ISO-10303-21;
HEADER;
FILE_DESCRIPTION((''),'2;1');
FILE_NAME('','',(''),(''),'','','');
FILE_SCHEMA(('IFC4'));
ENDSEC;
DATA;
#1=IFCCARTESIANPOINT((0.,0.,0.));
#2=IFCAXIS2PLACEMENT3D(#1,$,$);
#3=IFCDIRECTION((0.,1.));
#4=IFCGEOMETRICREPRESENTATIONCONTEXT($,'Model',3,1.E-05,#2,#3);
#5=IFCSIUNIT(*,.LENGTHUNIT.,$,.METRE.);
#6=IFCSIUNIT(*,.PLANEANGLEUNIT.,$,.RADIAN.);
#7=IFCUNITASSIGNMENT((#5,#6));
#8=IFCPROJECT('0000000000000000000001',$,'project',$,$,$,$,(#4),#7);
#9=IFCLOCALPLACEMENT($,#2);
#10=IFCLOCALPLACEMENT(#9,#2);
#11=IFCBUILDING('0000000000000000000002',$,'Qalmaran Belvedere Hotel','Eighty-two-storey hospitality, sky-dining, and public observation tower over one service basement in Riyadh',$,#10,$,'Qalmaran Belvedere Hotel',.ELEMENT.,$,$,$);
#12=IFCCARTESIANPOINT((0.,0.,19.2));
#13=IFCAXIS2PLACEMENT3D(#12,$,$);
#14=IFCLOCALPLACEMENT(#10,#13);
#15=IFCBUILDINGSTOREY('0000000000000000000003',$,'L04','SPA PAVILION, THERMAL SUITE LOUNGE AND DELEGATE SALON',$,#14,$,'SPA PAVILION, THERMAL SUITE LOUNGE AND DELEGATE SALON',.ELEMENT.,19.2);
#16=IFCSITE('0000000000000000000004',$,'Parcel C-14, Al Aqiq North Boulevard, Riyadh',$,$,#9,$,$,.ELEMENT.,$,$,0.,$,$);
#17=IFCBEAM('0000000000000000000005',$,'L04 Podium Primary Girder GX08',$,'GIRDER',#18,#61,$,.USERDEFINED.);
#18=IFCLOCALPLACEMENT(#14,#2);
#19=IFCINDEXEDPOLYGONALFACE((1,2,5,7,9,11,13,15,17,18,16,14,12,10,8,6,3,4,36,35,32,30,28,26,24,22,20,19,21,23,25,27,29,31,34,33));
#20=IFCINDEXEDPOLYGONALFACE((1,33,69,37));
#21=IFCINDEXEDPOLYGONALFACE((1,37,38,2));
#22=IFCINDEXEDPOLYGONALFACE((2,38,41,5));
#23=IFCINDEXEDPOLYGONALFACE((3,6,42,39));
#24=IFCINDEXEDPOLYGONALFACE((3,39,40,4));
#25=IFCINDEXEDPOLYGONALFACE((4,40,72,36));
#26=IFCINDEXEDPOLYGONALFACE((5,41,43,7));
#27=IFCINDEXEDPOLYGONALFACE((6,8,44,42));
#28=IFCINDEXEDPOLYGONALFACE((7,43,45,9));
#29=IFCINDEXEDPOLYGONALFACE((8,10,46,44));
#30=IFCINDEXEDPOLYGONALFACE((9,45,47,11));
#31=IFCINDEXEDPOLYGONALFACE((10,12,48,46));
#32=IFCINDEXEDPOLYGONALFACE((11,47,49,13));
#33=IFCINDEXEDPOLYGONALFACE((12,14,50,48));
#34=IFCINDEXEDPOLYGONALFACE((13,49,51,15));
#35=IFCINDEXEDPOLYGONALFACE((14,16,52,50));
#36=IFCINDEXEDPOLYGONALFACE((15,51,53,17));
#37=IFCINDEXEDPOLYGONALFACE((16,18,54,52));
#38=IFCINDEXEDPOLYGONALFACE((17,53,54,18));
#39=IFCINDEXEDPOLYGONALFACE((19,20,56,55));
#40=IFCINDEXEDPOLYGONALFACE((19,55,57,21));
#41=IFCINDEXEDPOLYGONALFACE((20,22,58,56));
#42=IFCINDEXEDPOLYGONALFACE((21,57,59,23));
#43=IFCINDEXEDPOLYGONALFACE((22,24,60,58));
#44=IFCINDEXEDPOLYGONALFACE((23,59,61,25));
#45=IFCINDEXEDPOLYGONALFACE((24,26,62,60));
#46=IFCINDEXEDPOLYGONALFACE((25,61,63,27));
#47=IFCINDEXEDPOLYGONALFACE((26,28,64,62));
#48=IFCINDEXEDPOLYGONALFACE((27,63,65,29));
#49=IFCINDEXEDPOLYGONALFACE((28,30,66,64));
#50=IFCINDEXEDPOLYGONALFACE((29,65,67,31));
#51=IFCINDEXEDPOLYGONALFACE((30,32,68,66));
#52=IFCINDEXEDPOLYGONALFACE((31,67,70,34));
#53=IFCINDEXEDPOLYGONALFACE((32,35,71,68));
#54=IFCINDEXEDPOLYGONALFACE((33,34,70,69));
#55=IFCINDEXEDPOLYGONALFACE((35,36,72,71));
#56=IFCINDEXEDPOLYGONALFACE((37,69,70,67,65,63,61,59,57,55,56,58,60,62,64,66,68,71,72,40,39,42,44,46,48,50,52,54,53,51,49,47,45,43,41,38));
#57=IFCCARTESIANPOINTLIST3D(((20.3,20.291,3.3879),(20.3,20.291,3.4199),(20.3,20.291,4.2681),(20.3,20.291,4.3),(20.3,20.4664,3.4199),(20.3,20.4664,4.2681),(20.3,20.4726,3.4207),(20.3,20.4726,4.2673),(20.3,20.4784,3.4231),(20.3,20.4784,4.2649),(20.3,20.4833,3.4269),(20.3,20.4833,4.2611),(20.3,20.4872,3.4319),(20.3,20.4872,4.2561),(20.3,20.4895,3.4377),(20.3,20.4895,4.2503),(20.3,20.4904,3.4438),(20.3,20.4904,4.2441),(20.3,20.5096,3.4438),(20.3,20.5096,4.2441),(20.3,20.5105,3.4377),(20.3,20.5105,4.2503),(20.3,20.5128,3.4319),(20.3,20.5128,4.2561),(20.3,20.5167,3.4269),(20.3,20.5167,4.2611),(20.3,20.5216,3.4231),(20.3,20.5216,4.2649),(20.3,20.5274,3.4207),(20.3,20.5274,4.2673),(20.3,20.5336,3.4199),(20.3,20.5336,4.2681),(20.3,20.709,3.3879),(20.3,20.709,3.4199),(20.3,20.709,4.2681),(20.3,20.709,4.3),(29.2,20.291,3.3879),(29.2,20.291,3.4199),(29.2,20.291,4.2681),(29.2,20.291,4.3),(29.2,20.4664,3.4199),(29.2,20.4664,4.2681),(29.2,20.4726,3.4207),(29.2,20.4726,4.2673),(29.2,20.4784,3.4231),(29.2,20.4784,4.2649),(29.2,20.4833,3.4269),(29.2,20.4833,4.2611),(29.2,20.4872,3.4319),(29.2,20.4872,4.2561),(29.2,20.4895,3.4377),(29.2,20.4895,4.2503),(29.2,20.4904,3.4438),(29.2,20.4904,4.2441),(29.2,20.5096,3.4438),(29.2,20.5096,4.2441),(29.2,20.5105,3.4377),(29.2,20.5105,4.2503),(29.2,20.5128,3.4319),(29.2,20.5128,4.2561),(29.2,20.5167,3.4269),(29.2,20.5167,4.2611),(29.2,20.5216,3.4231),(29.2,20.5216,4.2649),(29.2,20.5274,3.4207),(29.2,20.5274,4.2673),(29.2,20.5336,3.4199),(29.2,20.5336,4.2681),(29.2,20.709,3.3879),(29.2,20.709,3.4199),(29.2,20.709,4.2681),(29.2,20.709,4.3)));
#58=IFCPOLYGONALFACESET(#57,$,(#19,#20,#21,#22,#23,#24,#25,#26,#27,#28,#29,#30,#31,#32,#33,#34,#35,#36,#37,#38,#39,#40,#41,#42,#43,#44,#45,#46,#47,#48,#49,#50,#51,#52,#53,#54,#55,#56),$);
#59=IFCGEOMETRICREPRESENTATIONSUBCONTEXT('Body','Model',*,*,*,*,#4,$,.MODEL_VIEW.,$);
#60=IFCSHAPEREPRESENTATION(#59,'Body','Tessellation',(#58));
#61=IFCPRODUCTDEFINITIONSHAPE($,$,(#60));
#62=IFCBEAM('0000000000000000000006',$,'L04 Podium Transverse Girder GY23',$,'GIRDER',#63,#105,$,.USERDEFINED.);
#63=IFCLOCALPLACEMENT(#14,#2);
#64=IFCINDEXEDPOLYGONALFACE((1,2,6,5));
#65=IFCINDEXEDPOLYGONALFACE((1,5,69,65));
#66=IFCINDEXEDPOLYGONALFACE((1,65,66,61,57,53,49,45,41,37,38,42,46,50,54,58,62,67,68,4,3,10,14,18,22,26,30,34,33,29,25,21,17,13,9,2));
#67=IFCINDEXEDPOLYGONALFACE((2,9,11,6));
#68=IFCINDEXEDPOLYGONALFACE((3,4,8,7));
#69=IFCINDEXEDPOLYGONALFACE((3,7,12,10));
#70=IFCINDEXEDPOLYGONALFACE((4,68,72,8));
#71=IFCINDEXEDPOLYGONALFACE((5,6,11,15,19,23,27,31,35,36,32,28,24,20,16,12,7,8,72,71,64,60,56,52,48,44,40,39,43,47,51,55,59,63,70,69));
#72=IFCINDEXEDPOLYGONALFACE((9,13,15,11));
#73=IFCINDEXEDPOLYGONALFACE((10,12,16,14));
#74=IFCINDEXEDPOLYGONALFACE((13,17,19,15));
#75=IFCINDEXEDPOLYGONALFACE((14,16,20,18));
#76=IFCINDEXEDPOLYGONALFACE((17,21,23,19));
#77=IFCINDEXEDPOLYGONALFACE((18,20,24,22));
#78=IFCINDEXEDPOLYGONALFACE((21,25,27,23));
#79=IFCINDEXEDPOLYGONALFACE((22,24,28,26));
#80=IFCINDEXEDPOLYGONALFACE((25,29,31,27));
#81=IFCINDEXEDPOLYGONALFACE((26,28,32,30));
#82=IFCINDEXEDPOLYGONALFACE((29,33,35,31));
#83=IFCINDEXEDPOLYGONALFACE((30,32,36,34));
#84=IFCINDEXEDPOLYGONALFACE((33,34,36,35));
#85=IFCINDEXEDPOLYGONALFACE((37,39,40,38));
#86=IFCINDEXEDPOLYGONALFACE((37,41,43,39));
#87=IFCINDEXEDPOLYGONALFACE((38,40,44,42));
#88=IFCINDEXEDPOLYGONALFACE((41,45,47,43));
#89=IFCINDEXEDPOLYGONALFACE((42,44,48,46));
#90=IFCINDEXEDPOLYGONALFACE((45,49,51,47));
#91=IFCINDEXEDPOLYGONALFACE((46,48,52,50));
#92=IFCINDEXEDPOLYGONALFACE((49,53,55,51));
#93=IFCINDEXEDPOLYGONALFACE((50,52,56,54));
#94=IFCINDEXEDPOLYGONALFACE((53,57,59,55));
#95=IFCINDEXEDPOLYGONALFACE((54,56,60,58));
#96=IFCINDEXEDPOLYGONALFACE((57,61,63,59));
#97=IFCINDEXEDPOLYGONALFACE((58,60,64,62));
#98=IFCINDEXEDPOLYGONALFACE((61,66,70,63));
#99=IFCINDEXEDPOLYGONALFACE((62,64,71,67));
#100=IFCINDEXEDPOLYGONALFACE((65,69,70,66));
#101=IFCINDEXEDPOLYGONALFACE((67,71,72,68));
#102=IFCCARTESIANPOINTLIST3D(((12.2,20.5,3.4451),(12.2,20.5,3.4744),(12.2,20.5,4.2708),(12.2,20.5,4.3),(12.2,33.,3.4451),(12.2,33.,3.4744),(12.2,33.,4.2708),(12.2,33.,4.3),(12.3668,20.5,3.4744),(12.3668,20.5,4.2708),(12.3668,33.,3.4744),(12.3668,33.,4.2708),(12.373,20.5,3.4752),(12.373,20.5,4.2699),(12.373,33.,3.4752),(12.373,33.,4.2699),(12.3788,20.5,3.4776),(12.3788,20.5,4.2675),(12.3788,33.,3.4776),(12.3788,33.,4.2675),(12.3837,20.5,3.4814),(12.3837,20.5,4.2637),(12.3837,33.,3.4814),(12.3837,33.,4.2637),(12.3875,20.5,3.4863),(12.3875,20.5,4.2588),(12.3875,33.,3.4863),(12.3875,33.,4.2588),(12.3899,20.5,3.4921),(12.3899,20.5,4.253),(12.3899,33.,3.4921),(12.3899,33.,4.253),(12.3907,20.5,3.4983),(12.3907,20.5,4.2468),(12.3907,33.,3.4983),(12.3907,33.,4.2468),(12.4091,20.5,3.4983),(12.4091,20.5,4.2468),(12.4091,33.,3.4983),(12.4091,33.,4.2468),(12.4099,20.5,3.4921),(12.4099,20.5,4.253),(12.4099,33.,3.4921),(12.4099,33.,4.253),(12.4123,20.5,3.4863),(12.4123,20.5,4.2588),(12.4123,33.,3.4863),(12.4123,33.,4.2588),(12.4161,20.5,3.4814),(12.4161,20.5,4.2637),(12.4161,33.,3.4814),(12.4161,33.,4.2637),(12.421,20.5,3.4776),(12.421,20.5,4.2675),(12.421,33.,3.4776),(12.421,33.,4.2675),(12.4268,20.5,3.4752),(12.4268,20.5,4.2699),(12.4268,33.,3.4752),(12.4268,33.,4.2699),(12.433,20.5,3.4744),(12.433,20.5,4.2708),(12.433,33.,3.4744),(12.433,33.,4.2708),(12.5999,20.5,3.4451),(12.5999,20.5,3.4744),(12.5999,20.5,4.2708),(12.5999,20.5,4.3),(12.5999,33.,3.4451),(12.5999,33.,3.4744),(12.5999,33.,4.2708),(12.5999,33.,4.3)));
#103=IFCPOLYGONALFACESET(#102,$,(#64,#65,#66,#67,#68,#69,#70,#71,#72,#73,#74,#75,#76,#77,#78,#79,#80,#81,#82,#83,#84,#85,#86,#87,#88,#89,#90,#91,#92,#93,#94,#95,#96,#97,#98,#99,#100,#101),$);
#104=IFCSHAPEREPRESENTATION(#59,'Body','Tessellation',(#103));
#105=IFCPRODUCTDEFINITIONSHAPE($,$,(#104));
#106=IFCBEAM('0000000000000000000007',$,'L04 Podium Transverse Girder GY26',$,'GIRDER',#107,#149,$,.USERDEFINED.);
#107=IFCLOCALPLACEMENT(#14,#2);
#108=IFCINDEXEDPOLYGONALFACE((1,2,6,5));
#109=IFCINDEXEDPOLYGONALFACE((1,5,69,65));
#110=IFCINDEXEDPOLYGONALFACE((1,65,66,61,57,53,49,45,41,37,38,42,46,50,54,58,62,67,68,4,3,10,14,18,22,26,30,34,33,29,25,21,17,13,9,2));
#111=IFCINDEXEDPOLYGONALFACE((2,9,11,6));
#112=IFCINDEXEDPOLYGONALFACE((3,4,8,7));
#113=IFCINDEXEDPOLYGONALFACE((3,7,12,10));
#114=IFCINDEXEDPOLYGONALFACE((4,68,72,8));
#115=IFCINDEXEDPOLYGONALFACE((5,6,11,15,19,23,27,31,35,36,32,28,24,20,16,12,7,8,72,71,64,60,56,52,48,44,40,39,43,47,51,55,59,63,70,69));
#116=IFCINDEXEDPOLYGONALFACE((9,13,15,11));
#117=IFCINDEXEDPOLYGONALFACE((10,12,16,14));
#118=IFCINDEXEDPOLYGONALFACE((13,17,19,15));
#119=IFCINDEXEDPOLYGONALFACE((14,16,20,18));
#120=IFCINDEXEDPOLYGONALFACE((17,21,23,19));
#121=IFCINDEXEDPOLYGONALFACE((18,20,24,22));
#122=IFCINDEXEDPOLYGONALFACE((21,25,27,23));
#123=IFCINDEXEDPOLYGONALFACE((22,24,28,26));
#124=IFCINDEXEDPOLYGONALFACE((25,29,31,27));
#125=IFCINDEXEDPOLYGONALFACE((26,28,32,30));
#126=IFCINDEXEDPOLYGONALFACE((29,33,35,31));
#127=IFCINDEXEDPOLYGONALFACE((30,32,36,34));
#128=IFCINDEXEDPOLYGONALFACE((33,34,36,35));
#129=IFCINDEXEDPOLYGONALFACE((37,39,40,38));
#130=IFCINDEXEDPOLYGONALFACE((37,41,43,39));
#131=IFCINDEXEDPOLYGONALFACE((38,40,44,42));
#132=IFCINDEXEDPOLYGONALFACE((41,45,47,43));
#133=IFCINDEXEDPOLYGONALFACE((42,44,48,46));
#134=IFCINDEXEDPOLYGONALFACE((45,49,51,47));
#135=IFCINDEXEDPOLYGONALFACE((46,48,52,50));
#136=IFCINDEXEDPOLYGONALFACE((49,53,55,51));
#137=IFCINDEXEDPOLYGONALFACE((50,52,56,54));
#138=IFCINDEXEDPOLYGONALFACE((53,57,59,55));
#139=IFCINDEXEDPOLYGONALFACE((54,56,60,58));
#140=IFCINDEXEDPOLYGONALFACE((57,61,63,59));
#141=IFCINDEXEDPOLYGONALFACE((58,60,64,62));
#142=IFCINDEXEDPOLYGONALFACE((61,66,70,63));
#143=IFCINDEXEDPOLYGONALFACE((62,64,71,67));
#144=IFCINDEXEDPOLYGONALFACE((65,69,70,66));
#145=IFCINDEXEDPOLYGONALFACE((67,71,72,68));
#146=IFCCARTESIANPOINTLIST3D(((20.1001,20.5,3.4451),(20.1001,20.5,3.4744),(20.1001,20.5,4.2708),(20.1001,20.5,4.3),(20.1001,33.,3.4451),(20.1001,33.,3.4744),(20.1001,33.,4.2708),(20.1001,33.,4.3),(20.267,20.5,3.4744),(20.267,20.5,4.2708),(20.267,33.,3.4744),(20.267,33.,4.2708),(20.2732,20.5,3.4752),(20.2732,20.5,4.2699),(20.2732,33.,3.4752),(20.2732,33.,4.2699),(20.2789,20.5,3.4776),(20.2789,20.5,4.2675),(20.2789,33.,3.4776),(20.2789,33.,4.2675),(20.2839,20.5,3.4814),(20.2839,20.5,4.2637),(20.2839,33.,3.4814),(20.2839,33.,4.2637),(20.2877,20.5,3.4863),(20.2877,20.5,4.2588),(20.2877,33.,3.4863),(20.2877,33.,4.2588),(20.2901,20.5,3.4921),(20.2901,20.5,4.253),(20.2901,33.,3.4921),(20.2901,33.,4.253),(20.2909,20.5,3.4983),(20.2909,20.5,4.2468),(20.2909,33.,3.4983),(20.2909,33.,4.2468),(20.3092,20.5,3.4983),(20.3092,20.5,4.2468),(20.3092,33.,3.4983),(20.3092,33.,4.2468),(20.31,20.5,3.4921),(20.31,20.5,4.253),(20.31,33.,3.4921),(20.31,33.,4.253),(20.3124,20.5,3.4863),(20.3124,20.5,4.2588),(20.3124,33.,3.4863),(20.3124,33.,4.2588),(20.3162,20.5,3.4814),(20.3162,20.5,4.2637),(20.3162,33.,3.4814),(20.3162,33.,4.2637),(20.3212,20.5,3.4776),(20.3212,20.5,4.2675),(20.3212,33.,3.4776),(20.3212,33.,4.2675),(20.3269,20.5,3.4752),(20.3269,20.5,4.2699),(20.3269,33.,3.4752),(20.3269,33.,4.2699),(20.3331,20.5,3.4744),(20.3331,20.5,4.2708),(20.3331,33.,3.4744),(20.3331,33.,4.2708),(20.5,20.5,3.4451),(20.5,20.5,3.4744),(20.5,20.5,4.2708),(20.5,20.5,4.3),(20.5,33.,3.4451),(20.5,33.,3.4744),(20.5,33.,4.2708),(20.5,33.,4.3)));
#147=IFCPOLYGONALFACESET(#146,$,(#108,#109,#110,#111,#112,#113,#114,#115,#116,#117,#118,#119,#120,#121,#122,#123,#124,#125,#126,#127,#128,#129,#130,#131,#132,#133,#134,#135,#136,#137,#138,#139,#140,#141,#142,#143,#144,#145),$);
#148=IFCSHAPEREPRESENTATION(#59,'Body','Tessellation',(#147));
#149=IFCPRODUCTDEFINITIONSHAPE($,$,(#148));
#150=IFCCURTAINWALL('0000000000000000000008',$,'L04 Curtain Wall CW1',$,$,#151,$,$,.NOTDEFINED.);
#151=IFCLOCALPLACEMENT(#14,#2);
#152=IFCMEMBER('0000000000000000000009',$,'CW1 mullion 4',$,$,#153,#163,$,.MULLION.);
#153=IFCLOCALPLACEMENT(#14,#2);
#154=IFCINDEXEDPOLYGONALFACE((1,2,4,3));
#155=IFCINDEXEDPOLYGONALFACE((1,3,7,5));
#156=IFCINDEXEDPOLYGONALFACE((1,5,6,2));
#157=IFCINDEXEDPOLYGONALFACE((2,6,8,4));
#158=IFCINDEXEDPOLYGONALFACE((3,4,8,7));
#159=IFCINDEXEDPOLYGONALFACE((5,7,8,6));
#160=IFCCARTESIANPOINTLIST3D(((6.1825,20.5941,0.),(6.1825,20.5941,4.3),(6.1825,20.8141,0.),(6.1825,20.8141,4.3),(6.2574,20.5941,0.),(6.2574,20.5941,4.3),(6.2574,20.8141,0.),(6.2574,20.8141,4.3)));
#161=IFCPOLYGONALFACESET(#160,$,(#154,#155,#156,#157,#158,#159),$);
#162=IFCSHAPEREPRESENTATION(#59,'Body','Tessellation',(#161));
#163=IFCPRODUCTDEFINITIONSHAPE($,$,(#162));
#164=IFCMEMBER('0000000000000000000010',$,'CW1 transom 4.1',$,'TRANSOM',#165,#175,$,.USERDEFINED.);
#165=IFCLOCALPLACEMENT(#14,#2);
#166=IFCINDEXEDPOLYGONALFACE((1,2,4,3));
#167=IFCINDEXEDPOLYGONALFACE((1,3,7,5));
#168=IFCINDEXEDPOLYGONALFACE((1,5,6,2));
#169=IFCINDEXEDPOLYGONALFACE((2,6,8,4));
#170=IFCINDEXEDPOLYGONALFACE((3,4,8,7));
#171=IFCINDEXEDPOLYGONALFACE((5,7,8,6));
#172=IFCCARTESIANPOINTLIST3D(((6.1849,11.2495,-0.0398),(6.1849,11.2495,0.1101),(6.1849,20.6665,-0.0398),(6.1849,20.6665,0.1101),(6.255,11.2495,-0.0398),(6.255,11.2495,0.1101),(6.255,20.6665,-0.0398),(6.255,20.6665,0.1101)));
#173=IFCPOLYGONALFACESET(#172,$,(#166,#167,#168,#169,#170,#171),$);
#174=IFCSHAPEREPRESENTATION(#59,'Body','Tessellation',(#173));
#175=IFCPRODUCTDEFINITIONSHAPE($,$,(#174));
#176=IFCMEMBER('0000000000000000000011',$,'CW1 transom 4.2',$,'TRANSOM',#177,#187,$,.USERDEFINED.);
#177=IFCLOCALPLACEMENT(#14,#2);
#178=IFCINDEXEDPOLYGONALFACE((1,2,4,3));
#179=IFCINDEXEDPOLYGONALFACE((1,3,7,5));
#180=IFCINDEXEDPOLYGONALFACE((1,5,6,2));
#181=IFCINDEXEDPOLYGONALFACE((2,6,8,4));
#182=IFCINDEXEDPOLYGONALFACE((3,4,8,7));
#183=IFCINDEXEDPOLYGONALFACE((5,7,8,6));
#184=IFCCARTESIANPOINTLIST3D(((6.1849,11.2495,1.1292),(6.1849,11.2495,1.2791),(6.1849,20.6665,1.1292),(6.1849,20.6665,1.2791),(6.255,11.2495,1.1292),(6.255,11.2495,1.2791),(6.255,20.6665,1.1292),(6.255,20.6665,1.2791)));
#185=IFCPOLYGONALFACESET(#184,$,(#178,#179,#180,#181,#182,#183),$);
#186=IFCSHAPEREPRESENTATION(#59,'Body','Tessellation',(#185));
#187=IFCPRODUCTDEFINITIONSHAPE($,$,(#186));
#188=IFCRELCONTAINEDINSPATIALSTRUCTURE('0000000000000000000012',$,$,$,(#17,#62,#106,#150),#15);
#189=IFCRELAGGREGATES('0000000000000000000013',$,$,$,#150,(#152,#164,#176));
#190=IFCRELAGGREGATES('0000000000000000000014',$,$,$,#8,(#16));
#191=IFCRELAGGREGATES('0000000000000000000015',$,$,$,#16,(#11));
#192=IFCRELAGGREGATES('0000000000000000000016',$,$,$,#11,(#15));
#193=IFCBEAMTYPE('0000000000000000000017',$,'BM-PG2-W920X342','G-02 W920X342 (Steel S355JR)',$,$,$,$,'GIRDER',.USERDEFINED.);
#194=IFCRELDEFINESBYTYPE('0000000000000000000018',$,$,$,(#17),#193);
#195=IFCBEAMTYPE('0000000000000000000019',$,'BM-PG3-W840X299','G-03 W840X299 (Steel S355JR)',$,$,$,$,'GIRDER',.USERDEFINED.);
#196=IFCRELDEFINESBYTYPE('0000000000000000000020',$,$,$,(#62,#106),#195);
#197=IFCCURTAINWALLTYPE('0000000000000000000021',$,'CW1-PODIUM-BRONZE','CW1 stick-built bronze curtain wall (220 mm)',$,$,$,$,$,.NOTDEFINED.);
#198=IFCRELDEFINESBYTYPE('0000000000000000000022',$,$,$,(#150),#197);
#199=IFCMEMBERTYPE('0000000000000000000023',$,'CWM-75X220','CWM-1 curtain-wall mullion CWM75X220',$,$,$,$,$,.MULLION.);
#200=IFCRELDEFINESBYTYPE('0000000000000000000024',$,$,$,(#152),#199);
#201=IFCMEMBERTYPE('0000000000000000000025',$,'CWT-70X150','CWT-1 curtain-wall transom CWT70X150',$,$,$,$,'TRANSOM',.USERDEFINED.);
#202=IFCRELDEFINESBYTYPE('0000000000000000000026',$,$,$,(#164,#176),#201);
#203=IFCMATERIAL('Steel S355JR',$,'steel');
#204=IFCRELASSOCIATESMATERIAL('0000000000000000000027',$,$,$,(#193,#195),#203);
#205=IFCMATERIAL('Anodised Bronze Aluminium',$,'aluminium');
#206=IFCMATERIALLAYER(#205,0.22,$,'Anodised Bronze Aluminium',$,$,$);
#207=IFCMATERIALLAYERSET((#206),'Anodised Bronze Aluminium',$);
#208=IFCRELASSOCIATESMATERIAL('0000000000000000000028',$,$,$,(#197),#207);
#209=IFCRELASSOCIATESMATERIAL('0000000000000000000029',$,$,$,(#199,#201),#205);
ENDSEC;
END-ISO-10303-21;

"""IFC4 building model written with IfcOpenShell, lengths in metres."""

from ifc_helpers import new_model, si_unit, direction, frame, origin, origin_2d, place, context, subcontext, project, spatial, rectangle, i_section, extrude, material, layer, layer_set, material_profile, profile_set, type_object, element, aggregate, save


model = new_model("IFC4")

# Units and contexts
model_context = context("Model", 3, precision=1e-05, world=origin(), true_north=direction((0.0, 1.0)))
body_context = subcontext(model_context, "Body", "Model", "MODEL_VIEW")
ifc_project = project(units=[si_unit("LENGTHUNIT", "METRE"), si_unit("PLANEANGLEUNIT", "RADIAN")], contexts=[model_context])

# Site, building, storey
site_placement = place(None, origin())
site = spatial("IfcSite", under=ifc_project, at=site_placement, Name="Parcel C-14, Al Aqiq North Boulevard, Riyadh", CompositionType="ELEMENT", RefElevation=0.0)
building_placement = place(site_placement, origin())
building = spatial("IfcBuilding", under=site, at=building_placement, Name="Qalmaran Belvedere Hotel", Description="Eighty-two-storey hospitality, sky-dining, and public observation tower over one service basement in Riyadh", LongName="Qalmaran Belvedere Hotel", CompositionType="ELEMENT")
storey_placement = place(building_placement, frame((0.0, 0.0, 19.2)))
storey = spatial("IfcBuildingStorey", under=building, at=storey_placement, Name="L04", Description="SPA PAVILION, THERMAL SUITE LOUNGE AND DELEGATE SALON", LongName="SPA PAVILION, THERMAL SUITE LOUNGE AND DELEGATE SALON", CompositionType="ELEMENT", Elevation=19.2)

# Beams
ifc_material_1 = material(Name="Steel S355JR", Category="steel")
ifc_material_profile_1 = material_profile(ifc_material_1, i_section(OverallWidth=0.418, OverallDepth=0.9121, WebThickness=0.0193, FlangeThickness=0.032, FilletRadius=0.0239, at=origin_2d()), Name="W920X342")
ifc_profile_set_1 = profile_set([ifc_material_profile_1], Name="Steel S355JR")
beam_type_1 = type_object("IfcBeamType", Name="BM-PG2-W920X342", Description="G-02 W920X342 (Steel S355JR)", ElementType="GIRDER", PredefinedType="USERDEFINED", material=ifc_profile_set_1)
beam_1_placement = place(storey_placement, frame((20.3, 20.5, 3.844), z_axis=(1.0, 0.0, 0.0), x_axis=(0.0, 1.0, 0.0)))
element("IfcBeam", 1, at=beam_1_placement, inside=storey, type_object=beam_type_1, Name="L04 Podium Primary Girder GX08", ObjectType="GIRDER", PredefinedType="USERDEFINED", context=body_context, shape_type="SweptSolid", body=[
    extrude(i_section(OverallWidth=0.418, OverallDepth=0.9121, WebThickness=0.0193, FlangeThickness=0.032, FilletRadius=0.0239, at=origin_2d()), origin(), (0.0, 0.0, 1.0), 8.8999),
])
ifc_material_profile_2 = material_profile(ifc_material_1, i_section(OverallWidth=0.3999, OverallDepth=0.855, WebThickness=0.0183, FlangeThickness=0.0293, FilletRadius=0.0239, at=origin_2d()), Name="W840X299")
ifc_profile_set_2 = profile_set([ifc_material_profile_2], Name="Steel S355JR")
beam_type_2 = type_object("IfcBeamType", Name="BM-PG3-W840X299", Description="G-03 W840X299 (Steel S355JR)", ElementType="GIRDER", PredefinedType="USERDEFINED", material=ifc_profile_set_2)
for number, where, z_axis, x_axis, name in (
    (2, (12.3999, 20.5, 3.8726), (0.0, 1.0, 0.0), (-1.0, 0.0, 0.0), "L04 Podium Transverse Girder GY23"),
    (3, (20.3, 20.5, 3.8726), (0.0, 1.0, 0.0), (-1.0, 0.0, 0.0), "L04 Podium Transverse Girder GY26"),
):
    element("IfcBeam", number, at=place(storey_placement, frame(where, z_axis=z_axis, x_axis=x_axis)), inside=storey, type_object=beam_type_2, Name=name, ObjectType="GIRDER", PredefinedType="USERDEFINED", context=body_context, shape_type="SweptSolid", body=[
        extrude(i_section(OverallWidth=0.3999, OverallDepth=0.855, WebThickness=0.0183, FlangeThickness=0.0293, FilletRadius=0.0239, at=origin_2d()), origin(), (0.0, 0.0, 1.0), 12.5),
    ])

# Curtain wall, members
ifc_material_2 = material(Name="Anodised Bronze Aluminium", Category="aluminium")
ifc_layer_1 = layer(ifc_material_2, 0.22, Name="Anodised Bronze Aluminium")
ifc_layer_set_1 = layer_set([ifc_layer_1], Name="Anodised Bronze Aluminium")
curtain_wall_type = type_object("IfcCurtainWallType", Name="CW1-PODIUM-BRONZE", Description="CW1 stick-built bronze curtain wall (220 mm)", PredefinedType="NOTDEFINED", material=ifc_layer_set_1)
curtain_wall_placement = place(storey_placement, origin())
curtain_wall = element("IfcCurtainWall", 4, at=curtain_wall_placement, inside=storey, type_object=curtain_wall_type, Name="L04 Curtain Wall CW1", PredefinedType="NOTDEFINED")
ifc_material_profile_3 = material_profile(ifc_material_2, rectangle(XDim=0.075, YDim=0.22, at=origin_2d()), Name="CWM75X220")
ifc_profile_set_3 = profile_set([ifc_material_profile_3], Name="Anodised Bronze Aluminium")
member_type_1 = type_object("IfcMemberType", Name="CWM-75X220", Description="CWM-1 curtain-wall mullion CWM75X220", PredefinedType="MULLION", material=ifc_profile_set_3)
member_1_placement = place(storey_placement, frame((6.22, 20.7041, 0.0), z_axis=(0.0, 0.0, 1.0), x_axis=(1.0, 0.0, 0.0)))
member_1 = element("IfcMember", 5, at=member_1_placement, type_object=member_type_1, Name="CW1 mullion 4", PredefinedType="MULLION", context=body_context, shape_type="SweptSolid", body=[
    extrude(rectangle(XDim=0.075, YDim=0.22, at=origin_2d()), origin(), (0.0, 0.0, 1.0), 4.3),
])
ifc_material_profile_4 = material_profile(ifc_material_2, rectangle(XDim=0.0701, YDim=0.1499, at=origin_2d()), Name="CWT70X150")
ifc_profile_set_4 = profile_set([ifc_material_profile_4], Name="Anodised Bronze Aluminium")
member_type_2 = type_object("IfcMemberType", Name="CWT-70X150", Description="CWT-1 curtain-wall transom CWT70X150", ElementType="TRANSOM", PredefinedType="USERDEFINED", material=ifc_profile_set_4)
member_2_placement = place(storey_placement, frame((6.22, 20.6665, 0.0352), z_axis=(0.0, -1.0, 0.0), x_axis=(1.0, 0.0, 0.0)))
member_2 = element("IfcMember", 6, at=member_2_placement, type_object=member_type_2, Name="CW1 transom 4.1", ObjectType="TRANSOM", PredefinedType="USERDEFINED", context=body_context, shape_type="SweptSolid", body=[
    extrude(rectangle(XDim=0.0701, YDim=0.1499, at=origin_2d()), origin(), (0.0, 0.0, 1.0), 9.417),
])
member_3_placement = place(storey_placement, frame((6.22, 20.6665, 1.2041), z_axis=(0.0, -1.0, 0.0), x_axis=(1.0, 0.0, 0.0)))
member_3 = element("IfcMember", 7, at=member_3_placement, type_object=member_type_2, Name="CW1 transom 4.2", ObjectType="TRANSOM", PredefinedType="USERDEFINED", context=body_context, shape_type="SweptSolid", body=[
    extrude(rectangle(XDim=0.0701, YDim=0.1499, at=origin_2d()), origin(), (0.0, 0.0, 1.0), 9.417),
])
aggregate(curtain_wall, [member_1, member_2, member_3])

save(model, "model.ifc")
